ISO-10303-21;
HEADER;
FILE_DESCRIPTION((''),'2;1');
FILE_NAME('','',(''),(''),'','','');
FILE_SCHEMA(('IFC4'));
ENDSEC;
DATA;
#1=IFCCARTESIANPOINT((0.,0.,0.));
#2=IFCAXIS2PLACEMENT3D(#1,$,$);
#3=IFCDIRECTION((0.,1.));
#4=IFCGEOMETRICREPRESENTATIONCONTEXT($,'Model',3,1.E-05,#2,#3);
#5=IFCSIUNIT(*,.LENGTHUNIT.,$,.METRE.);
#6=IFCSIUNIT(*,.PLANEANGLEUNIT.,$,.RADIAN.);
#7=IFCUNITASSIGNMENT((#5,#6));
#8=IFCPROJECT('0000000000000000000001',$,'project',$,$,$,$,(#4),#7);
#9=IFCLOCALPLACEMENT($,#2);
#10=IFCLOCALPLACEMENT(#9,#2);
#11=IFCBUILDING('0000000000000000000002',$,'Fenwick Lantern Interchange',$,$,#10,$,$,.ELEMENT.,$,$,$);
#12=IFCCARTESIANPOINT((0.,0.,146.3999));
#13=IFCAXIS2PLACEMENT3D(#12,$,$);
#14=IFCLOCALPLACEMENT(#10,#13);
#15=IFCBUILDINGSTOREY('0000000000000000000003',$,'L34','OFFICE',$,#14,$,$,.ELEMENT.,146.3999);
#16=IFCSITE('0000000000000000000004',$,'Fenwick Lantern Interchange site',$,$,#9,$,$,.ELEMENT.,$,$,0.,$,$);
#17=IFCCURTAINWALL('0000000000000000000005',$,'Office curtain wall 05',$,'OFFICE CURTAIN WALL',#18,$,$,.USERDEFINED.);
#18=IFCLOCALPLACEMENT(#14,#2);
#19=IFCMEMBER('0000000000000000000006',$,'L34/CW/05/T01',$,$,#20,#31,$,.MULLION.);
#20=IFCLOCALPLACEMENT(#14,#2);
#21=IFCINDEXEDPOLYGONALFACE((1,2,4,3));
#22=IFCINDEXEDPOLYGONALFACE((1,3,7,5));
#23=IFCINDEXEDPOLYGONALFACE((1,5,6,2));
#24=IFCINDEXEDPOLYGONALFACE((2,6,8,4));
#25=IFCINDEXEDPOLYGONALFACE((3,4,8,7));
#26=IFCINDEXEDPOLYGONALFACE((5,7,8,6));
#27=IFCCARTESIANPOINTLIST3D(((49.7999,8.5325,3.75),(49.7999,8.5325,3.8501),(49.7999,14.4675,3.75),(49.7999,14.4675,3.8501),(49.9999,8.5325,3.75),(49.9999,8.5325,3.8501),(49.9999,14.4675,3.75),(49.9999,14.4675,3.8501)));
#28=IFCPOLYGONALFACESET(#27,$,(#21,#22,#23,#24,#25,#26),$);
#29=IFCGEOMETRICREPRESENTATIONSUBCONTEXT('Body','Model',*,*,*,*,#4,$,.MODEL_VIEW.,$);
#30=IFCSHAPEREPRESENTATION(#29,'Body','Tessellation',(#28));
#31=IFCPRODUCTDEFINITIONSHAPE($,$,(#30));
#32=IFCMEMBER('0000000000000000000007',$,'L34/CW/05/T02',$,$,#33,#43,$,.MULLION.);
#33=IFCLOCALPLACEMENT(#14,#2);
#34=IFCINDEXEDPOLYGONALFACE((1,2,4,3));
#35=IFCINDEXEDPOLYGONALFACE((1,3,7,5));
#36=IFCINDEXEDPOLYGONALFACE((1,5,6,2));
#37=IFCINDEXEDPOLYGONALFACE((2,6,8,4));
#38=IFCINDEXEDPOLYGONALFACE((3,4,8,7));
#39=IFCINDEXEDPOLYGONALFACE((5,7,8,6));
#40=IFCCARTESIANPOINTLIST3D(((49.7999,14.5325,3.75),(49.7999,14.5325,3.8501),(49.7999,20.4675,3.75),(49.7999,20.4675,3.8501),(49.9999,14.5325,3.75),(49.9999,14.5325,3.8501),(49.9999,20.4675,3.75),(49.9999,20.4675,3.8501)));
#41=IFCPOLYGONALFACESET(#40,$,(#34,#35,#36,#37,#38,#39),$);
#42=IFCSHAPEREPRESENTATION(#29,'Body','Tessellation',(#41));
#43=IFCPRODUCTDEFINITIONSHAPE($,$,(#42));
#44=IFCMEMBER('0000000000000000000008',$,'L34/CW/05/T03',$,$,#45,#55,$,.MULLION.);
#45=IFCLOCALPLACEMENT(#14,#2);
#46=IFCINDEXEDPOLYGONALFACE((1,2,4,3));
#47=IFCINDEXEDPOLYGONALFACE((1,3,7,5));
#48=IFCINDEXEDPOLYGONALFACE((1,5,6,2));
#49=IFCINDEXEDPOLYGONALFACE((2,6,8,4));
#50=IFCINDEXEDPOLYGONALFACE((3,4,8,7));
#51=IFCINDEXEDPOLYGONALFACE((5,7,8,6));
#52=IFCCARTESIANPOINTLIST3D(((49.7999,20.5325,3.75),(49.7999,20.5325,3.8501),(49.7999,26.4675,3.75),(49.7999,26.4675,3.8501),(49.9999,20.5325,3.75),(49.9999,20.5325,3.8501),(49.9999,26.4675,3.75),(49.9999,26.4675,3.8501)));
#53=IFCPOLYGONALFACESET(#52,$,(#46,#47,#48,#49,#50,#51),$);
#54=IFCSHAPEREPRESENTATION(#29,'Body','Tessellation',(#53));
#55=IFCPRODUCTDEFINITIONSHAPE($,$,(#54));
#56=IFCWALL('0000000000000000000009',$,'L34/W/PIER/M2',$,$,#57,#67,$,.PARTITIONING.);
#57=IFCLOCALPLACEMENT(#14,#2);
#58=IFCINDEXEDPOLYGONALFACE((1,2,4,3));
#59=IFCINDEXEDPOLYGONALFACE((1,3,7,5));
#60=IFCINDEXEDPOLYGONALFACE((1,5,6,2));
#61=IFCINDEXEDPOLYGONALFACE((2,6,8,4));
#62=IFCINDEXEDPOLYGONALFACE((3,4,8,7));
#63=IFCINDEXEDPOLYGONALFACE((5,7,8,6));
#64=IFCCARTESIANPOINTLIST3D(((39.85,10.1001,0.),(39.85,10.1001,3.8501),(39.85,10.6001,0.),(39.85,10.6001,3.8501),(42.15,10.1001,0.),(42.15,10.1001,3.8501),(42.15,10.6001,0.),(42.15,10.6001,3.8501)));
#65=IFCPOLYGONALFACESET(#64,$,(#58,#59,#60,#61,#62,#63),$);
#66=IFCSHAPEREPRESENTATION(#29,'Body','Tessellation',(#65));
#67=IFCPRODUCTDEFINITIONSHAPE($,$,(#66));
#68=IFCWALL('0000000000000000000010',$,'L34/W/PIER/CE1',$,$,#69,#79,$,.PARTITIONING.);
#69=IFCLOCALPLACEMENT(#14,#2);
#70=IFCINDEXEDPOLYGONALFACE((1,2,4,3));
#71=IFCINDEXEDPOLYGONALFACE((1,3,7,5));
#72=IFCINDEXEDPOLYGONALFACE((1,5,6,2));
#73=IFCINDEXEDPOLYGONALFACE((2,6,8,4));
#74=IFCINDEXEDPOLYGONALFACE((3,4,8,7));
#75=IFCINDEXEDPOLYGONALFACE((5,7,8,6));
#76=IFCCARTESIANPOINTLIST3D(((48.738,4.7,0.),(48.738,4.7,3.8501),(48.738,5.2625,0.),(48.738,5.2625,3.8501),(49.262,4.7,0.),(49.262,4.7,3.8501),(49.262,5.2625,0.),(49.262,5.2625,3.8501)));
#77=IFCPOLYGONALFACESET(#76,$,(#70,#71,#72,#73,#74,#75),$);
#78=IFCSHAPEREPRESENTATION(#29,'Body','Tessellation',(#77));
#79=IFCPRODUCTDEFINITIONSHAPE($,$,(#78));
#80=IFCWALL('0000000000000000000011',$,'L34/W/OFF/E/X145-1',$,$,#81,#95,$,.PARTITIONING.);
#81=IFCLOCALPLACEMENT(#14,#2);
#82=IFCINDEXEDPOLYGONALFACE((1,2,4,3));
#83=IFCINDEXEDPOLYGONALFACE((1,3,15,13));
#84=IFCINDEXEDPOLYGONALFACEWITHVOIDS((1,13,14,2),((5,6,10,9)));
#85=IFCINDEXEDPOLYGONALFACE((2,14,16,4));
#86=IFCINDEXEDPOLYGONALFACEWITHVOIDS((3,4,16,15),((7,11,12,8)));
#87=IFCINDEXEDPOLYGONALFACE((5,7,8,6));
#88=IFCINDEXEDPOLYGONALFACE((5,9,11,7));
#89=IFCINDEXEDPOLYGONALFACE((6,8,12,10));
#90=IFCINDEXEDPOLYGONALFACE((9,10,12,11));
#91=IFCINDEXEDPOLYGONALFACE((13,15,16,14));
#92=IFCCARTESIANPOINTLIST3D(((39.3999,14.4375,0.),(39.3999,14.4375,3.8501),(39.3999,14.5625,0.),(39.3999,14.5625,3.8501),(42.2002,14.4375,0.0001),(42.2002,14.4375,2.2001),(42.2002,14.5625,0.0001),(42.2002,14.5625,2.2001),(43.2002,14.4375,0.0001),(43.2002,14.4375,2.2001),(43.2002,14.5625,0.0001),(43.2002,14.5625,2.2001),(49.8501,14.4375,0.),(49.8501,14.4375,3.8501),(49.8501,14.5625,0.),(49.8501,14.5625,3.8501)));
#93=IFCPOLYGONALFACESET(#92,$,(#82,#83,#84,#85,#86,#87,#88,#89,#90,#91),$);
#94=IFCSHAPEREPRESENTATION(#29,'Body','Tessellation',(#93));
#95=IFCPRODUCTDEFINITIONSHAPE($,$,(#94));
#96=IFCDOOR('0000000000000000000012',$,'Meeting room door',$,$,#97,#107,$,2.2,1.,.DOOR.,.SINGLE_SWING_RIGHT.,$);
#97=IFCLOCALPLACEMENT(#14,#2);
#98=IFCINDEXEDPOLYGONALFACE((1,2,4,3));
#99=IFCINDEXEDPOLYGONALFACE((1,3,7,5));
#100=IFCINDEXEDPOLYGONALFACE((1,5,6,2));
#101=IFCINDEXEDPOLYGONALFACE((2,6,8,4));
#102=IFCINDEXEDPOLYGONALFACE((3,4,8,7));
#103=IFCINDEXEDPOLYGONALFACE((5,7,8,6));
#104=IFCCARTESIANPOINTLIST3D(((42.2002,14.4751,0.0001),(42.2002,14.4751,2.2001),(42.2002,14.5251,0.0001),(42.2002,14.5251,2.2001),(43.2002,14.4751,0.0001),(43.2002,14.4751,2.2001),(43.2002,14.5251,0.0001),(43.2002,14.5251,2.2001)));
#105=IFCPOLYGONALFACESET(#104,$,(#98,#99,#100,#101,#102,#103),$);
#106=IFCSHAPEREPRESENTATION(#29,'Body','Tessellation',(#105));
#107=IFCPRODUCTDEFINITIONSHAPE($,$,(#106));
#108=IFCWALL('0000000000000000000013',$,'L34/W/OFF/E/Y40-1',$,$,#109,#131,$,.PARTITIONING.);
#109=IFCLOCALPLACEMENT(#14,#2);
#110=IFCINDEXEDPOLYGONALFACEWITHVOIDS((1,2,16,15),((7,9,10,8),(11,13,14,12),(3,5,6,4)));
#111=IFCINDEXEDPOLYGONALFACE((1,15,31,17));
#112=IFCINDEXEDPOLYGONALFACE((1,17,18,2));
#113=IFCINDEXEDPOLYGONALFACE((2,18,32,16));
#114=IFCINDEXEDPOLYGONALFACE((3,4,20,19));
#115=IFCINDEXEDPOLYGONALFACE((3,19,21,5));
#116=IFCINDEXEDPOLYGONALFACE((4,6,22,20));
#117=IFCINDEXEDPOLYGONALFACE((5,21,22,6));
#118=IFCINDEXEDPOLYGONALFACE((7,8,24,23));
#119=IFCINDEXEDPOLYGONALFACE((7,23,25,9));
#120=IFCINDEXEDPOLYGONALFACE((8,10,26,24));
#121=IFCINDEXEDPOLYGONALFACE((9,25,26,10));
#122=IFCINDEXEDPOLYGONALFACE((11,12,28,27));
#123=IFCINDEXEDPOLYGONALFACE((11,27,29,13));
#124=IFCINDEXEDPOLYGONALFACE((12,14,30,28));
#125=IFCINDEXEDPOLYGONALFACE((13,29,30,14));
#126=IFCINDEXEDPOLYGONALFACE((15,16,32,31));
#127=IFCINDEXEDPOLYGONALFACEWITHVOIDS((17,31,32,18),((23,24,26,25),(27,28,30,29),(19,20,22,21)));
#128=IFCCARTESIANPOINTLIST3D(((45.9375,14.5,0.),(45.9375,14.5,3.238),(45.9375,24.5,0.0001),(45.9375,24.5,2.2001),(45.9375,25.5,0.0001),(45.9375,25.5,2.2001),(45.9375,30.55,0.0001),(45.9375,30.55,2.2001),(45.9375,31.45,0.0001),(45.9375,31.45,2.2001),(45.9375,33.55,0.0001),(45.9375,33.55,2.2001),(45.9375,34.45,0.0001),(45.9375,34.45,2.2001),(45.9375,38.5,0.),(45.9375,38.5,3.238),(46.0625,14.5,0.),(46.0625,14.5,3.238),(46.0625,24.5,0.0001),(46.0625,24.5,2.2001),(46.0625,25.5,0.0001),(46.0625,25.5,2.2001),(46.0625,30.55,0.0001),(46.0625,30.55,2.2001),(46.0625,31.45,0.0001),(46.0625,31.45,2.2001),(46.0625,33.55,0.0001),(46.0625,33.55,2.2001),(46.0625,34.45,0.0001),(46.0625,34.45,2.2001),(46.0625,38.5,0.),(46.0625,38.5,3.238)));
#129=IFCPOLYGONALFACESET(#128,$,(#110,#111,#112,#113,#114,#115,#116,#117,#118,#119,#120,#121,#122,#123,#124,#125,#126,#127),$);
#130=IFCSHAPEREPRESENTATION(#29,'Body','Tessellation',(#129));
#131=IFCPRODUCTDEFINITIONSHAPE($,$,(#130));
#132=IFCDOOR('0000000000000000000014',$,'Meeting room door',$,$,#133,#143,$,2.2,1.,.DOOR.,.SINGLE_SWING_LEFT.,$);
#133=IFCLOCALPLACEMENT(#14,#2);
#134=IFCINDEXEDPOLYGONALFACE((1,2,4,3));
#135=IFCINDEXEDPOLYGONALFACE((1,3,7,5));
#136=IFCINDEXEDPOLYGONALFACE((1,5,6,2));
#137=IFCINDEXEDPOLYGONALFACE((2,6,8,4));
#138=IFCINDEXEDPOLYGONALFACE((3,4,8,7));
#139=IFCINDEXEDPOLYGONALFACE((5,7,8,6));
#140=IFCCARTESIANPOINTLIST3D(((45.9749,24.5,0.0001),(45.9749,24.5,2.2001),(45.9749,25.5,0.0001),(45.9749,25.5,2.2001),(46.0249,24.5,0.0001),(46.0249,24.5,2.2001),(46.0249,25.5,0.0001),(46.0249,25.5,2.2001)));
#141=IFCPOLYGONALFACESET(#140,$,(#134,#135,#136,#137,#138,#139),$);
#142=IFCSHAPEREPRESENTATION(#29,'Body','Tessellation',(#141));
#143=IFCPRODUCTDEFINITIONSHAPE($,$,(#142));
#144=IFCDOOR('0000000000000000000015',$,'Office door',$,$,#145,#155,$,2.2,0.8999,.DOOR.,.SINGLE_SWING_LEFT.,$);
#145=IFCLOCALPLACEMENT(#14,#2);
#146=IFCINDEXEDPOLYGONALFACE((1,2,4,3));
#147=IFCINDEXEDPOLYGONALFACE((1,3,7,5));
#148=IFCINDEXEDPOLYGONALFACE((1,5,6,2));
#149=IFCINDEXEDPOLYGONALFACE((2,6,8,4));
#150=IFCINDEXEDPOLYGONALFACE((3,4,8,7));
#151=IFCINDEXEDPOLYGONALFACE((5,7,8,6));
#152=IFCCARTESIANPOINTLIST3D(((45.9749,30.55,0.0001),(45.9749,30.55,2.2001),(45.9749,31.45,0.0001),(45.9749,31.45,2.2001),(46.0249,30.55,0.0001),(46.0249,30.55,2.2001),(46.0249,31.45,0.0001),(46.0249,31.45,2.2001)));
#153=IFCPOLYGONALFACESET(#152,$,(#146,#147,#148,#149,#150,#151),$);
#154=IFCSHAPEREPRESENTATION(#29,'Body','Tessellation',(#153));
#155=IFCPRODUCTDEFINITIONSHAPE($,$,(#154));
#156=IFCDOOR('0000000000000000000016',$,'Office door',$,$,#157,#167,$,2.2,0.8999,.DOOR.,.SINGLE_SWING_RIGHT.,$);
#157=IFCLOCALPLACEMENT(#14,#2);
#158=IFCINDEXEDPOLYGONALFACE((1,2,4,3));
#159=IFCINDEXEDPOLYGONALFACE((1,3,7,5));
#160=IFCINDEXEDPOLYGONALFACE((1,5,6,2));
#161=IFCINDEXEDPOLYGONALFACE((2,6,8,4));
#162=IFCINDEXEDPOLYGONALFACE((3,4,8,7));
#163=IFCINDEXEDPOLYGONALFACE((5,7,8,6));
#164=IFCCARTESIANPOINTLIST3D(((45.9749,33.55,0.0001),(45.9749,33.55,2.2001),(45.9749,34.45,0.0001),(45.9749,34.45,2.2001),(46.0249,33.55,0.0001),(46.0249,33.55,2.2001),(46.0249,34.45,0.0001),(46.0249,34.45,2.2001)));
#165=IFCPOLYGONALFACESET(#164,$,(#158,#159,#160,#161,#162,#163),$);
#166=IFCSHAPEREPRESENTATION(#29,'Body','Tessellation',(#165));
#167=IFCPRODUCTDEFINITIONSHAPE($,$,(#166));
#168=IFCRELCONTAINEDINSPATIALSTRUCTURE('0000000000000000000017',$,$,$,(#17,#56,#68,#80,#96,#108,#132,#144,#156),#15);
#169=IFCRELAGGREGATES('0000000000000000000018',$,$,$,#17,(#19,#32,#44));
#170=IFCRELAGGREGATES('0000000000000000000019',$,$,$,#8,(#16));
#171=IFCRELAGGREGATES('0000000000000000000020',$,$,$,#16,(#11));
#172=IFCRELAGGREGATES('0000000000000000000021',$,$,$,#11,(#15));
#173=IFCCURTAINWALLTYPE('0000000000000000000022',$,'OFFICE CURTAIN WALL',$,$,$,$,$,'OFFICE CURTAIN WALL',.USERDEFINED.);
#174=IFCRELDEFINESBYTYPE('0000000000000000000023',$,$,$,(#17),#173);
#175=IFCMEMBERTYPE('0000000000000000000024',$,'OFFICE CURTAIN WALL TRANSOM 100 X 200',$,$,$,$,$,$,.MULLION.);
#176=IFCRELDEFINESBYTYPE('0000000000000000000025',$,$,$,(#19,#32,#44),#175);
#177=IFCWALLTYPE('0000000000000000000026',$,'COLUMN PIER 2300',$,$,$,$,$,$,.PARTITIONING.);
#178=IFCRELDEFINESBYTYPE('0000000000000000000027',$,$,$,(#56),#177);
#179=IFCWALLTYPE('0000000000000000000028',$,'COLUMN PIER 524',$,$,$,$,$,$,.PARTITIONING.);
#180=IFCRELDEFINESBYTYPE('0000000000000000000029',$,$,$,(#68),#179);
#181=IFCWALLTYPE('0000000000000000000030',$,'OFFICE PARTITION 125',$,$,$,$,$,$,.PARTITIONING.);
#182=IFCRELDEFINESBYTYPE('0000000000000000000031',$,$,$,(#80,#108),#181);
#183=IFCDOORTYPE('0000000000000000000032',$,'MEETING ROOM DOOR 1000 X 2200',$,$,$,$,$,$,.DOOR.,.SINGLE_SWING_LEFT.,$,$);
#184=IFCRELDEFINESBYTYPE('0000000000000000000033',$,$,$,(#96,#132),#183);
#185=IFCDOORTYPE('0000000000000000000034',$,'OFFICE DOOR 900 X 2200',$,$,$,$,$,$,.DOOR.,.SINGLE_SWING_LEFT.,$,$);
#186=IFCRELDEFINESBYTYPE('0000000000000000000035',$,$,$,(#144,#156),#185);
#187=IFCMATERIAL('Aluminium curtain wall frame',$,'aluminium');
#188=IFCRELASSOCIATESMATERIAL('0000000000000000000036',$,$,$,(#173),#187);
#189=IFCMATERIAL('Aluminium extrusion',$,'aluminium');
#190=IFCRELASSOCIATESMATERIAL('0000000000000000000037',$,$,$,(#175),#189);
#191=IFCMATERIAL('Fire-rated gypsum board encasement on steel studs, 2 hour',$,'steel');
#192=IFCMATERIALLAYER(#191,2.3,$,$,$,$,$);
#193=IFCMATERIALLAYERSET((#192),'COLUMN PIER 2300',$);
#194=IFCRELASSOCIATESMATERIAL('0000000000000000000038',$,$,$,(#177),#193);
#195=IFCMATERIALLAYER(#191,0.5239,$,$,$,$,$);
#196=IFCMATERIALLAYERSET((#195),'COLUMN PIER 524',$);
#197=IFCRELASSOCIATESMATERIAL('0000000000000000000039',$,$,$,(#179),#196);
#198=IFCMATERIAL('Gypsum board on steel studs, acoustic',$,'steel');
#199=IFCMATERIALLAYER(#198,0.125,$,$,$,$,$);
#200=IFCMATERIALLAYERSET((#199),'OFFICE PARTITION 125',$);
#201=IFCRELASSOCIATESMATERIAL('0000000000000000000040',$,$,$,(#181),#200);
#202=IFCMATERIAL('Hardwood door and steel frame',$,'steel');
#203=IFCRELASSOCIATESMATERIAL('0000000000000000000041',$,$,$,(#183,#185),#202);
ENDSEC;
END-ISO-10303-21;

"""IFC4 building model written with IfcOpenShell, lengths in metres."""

from ifc_helpers import new_model, si_unit, direction, frame, frame_2d, origin, origin_2d, place, context, subcontext, project, spatial, rectangle, extrude, material, layer, layer_set, material_profile, profile_set, type_object, element, fill, aggregate, save


model = new_model("IFC4")

# Units and contexts
model_context = context("Model", 3, precision=1e-05, world=origin(), true_north=direction((0.0, 1.0)))
body_context = subcontext(model_context, "Body", "Model", "MODEL_VIEW")
ifc_project = project(units=[si_unit("LENGTHUNIT", "METRE"), si_unit("PLANEANGLEUNIT", "RADIAN")], contexts=[model_context])

# Site, building, storey
site_placement = place(None, origin())
site = spatial("IfcSite", under=ifc_project, at=site_placement, Name="Fenwick Lantern Interchange site", CompositionType="ELEMENT", RefElevation=0.0)
building_placement = place(site_placement, origin())
building = spatial("IfcBuilding", under=site, at=building_placement, Name="Fenwick Lantern Interchange", CompositionType="ELEMENT")
storey_placement = place(building_placement, frame((0.0, 0.0, 146.3999)))
storey = spatial("IfcBuildingStorey", under=building, at=storey_placement, Name="L34", Description="OFFICE", CompositionType="ELEMENT", Elevation=146.3999)

# Curtain wall, members
ifc_material_1 = material(Name="Aluminium curtain wall frame", Category="aluminium")
curtain_wall_type = type_object("IfcCurtainWallType", Name="OFFICE CURTAIN WALL", ElementType="OFFICE CURTAIN WALL", PredefinedType="USERDEFINED", material=ifc_material_1)
curtain_wall_placement = place(storey_placement, origin())
curtain_wall = element("IfcCurtainWall", 1, at=curtain_wall_placement, inside=storey, type_object=curtain_wall_type, Name="Office curtain wall 05", ObjectType="OFFICE CURTAIN WALL", PredefinedType="USERDEFINED")
ifc_material_2 = material(Name="Aluminium extrusion", Category="aluminium")
ifc_material_profile_1 = material_profile(ifc_material_2, rectangle(XDim=0.2, YDim=0.1001, at=origin_2d()), Name="OFFICE CURTAIN WALL TRANSOM 100 X 200")
ifc_profile_set_1 = profile_set([ifc_material_profile_1], Name="Aluminium extrusion")
member_type_1 = type_object("IfcMemberType", Name="OFFICE CURTAIN WALL TRANSOM 100 X 200", PredefinedType="MULLION", material=ifc_profile_set_1)
member_1_placement = place(storey_placement, frame((49.8999, 8.5325, 3.8), z_axis=(0.0, 1.0, 0.0), x_axis=(-1.0, 0.0, 0.0)))
member_1 = element("IfcMember", 2, at=member_1_placement, type_object=member_type_1, Name="L34/CW/05/T01", PredefinedType="MULLION", context=body_context, shape_type="SweptSolid", body=[
    extrude(rectangle(XDim=0.2, YDim=0.1001, at=origin_2d()), origin(), (0.0, 0.0, 1.0), 5.9351),
])
member_2_placement = place(storey_placement, frame((49.8999, 14.5325, 3.8), z_axis=(0.0, 1.0, 0.0), x_axis=(-1.0, 0.0, 0.0)))
member_2 = element("IfcMember", 3, at=member_2_placement, type_object=member_type_1, Name="L34/CW/05/T02", PredefinedType="MULLION", context=body_context, shape_type="SweptSolid", body=[
    extrude(rectangle(XDim=0.2, YDim=0.1001, at=origin_2d()), origin(), (0.0, 0.0, 1.0), 5.9351),
])
member_3_placement = place(storey_placement, frame((49.8999, 20.5325, 3.8), z_axis=(0.0, 1.0, 0.0), x_axis=(-1.0, 0.0, 0.0)))
member_3 = element("IfcMember", 4, at=member_3_placement, type_object=member_type_1, Name="L34/CW/05/T03", PredefinedType="MULLION", context=body_context, shape_type="SweptSolid", body=[
    extrude(rectangle(XDim=0.2, YDim=0.1001, at=origin_2d()), origin(), (0.0, 0.0, 1.0), 5.9351),
])
aggregate(curtain_wall, [member_1, member_2, member_3])

# Walls
ifc_material_3 = material(Name="Fire-rated gypsum board encasement on steel studs, 2 hour", Category="steel")
ifc_layer_1 = layer(ifc_material_3, 2.3)
ifc_layer_set_1 = layer_set([ifc_layer_1], Name="COLUMN PIER 2300")
wall_type_1 = type_object("IfcWallType", Name="COLUMN PIER 2300", PredefinedType="PARTITIONING", material=ifc_layer_set_1)
wall_1_placement = place(storey_placement, frame((41.0, 10.6001, 0.0), z_axis=(0.0, 0.0, 1.0), x_axis=(0.0, -1.0, 0.0)))
element("IfcWall", 5, at=wall_1_placement, inside=storey, type_object=wall_type_1, Name="L34/W/PIER/M2", PredefinedType="PARTITIONING", context=body_context, shape_type="SweptSolid", body=[
    extrude(rectangle(XDim=0.5, YDim=2.3, at=frame_2d((0.25, 0.0))), origin(), (0.0, 0.0, 1.0), 3.8501),
])
ifc_layer_2 = layer(ifc_material_3, 0.5239)
ifc_layer_set_2 = layer_set([ifc_layer_2], Name="COLUMN PIER 524")
wall_type_2 = type_object("IfcWallType", Name="COLUMN PIER 524", PredefinedType="PARTITIONING", material=ifc_layer_set_2)
wall_2_placement = place(storey_placement, frame((49.0, 4.7, 0.0), z_axis=(0.0, 0.0, 1.0), x_axis=(0.0, 1.0, 0.0)))
element("IfcWall", 6, at=wall_2_placement, inside=storey, type_object=wall_type_2, Name="L34/W/PIER/CE1", PredefinedType="PARTITIONING", context=body_context, shape_type="SweptSolid", body=[
    extrude(rectangle(XDim=0.5625, YDim=0.5239, at=frame_2d((0.2812, 0.0))), origin(), (0.0, 0.0, 1.0), 3.8501),
])

# Wall, opening, door
ifc_material_4 = material(Name="Gypsum board on steel studs, acoustic", Category="steel")
ifc_layer_3 = layer(ifc_material_4, 0.125)
ifc_layer_set_3 = layer_set([ifc_layer_3], Name="OFFICE PARTITION 125")
wall_type_3 = type_object("IfcWallType", Name="OFFICE PARTITION 125", PredefinedType="PARTITIONING", material=ifc_layer_set_3)
wall_3_placement = place(storey_placement, frame((49.8501, 14.5, 0.0), z_axis=(0.0, 0.0, 1.0), x_axis=(-1.0, 0.0, 0.0)))
wall_3 = element("IfcWall", 7, at=wall_3_placement, inside=storey, type_object=wall_type_3, Name="L34/W/OFF/E/X145-1", PredefinedType="PARTITIONING", context=body_context, shape_type="SweptSolid", body=[
    extrude(rectangle(XDim=10.4502, YDim=0.125, at=frame_2d((5.2251, 0.0))), origin(), (0.0, 0.0, 1.0), 3.8501),
])
opening_1_placement = place(wall_3_placement, frame((6.6499, 0.0, 0.0)))
opening_1 = element("IfcOpeningElement", 8, at=opening_1_placement, cuts=wall_3, PredefinedType="OPENING", context=body_context, shape_type="SweptSolid", body=[
    extrude(rectangle(XDim=1.0, YDim=2.2, at=frame_2d((0.5, 1.1001))), frame((0.0, 0.0725, 0.0), z_axis=(0.0, -1.0, 0.0), x_axis=(1.0, 0.0, 0.0)), (0.0, 0.0, 1.0), 0.145),
])
ifc_material_5 = material(Name="Hardwood door and steel frame", Category="steel")
door_type_1 = type_object("IfcDoorType", Name="MEETING ROOM DOOR 1000 X 2200", OperationType="SINGLE_SWING_LEFT", PredefinedType="DOOR", material=ifc_material_5)
door_1_placement = place(opening_1_placement, origin())
door_1 = element("IfcDoor", 9, at=door_1_placement, inside=storey, type_object=door_type_1, Name="Meeting room door", OperationType="SINGLE_SWING_RIGHT", OverallHeight=2.2, OverallWidth=1.0, PredefinedType="DOOR", context=body_context, shape_type="SweptSolid", body=[
    extrude(rectangle(XDim=1.0, YDim=2.2, at=frame_2d((0.5, 1.1001))), frame((0.0, 0.0249, 0.0), z_axis=(0.0, -1.0, 0.0), x_axis=(1.0, 0.0, 0.0)), (0.0, 0.0, 1.0), 0.05),
])
fill(opening_1, door_1)

# Wall, openings, doors
wall_4_placement = place(storey_placement, frame((46.0, 14.5, 0.0), z_axis=(0.0, 0.0, 1.0), x_axis=(0.0, 1.0, 0.0)))
wall_4 = element("IfcWall", 10, at=wall_4_placement, inside=storey, type_object=wall_type_3, Name="L34/W/OFF/E/Y40-1", PredefinedType="PARTITIONING", context=body_context, shape_type="SweptSolid", body=[
    extrude(rectangle(XDim=24.0, YDim=0.125, at=frame_2d((12.0, 0.0))), origin(), (0.0, 0.0, 1.0), 3.238),
])
opening_2_placement = place(wall_4_placement, frame((10.0, 0.0, 0.0)))
opening_2 = element("IfcOpeningElement", 11, at=opening_2_placement, cuts=wall_4, PredefinedType="OPENING", context=body_context, shape_type="SweptSolid", body=[
    extrude(rectangle(XDim=1.0, YDim=2.2, at=frame_2d((0.5, 1.1001))), frame((0.0, 0.0725, 0.0), z_axis=(0.0, -1.0, 0.0), x_axis=(1.0, 0.0, 0.0)), (0.0, 0.0, 1.0), 0.145),
])
opening_3_placement = place(wall_4_placement, frame((16.05, 0.0, 0.0)))
opening_3 = element("IfcOpeningElement", 12, at=opening_3_placement, cuts=wall_4, PredefinedType="OPENING", context=body_context, shape_type="SweptSolid", body=[
    extrude(rectangle(XDim=0.8999, YDim=2.2, at=frame_2d((0.45, 1.1001))), frame((0.0, 0.0725, 0.0), z_axis=(0.0, -1.0, 0.0), x_axis=(1.0, 0.0, 0.0)), (0.0, 0.0, 1.0), 0.145),
])
opening_4_placement = place(wall_4_placement, frame((19.05, 0.0, 0.0)))
opening_4 = element("IfcOpeningElement", 13, at=opening_4_placement, cuts=wall_4, PredefinedType="OPENING", context=body_context, shape_type="SweptSolid", body=[
    extrude(rectangle(XDim=0.8999, YDim=2.2, at=frame_2d((0.45, 1.1001))), frame((0.0, 0.0725, 0.0), z_axis=(0.0, -1.0, 0.0), x_axis=(1.0, 0.0, 0.0)), (0.0, 0.0, 1.0), 0.145),
])
door_2_placement = place(opening_2_placement, frame((1.0, 0.0, 0.0), z_axis=(0.0, 0.0, 1.0), x_axis=(-1.0, 0.0, 0.0)))
door_2 = element("IfcDoor", 14, at=door_2_placement, inside=storey, type_object=door_type_1, Name="Meeting room door", OperationType="SINGLE_SWING_LEFT", OverallHeight=2.2, OverallWidth=1.0, PredefinedType="DOOR", context=body_context, shape_type="SweptSolid", body=[
    extrude(rectangle(XDim=1.0, YDim=2.2, at=frame_2d((0.5, 1.1001))), frame((0.0, 0.0249, 0.0), z_axis=(0.0, -1.0, 0.0), x_axis=(1.0, 0.0, 0.0)), (0.0, 0.0, 1.0), 0.05),
])
fill(opening_2, door_2)
door_type_2 = type_object("IfcDoorType", Name="OFFICE DOOR 900 X 2200", OperationType="SINGLE_SWING_LEFT", PredefinedType="DOOR", material=ifc_material_5)
door_3_placement = place(opening_3_placement, frame((0.8999, 0.0, 0.0), z_axis=(0.0, 0.0, 1.0), x_axis=(-1.0, 0.0, 0.0)))
door_3 = element("IfcDoor", 15, at=door_3_placement, inside=storey, type_object=door_type_2, Name="Office door", OperationType="SINGLE_SWING_LEFT", OverallHeight=2.2, OverallWidth=0.8999, PredefinedType="DOOR", context=body_context, shape_type="SweptSolid", body=[
    extrude(rectangle(XDim=0.8999, YDim=2.2, at=frame_2d((0.45, 1.1001))), frame((0.0, 0.0249, 0.0), z_axis=(0.0, -1.0, 0.0), x_axis=(1.0, 0.0, 0.0)), (0.0, 0.0, 1.0), 0.05),
])
fill(opening_3, door_3)
door_4_placement = place(opening_4_placement, frame((0.8999, 0.0, 0.0), z_axis=(0.0, 0.0, 1.0), x_axis=(-1.0, 0.0, 0.0)))
door_4 = element("IfcDoor", 16, at=door_4_placement, inside=storey, type_object=door_type_2, Name="Office door", OperationType="SINGLE_SWING_RIGHT", OverallHeight=2.2, OverallWidth=0.8999, PredefinedType="DOOR", context=body_context, shape_type="SweptSolid", body=[
    extrude(rectangle(XDim=0.8999, YDim=2.2, at=frame_2d((0.45, 1.1001))), frame((0.0, 0.0249, 0.0), z_axis=(0.0, -1.0, 0.0), x_axis=(1.0, 0.0, 0.0)), (0.0, 0.0, 1.0), 0.05),
])
fill(opening_4, door_4)

save(model, "model.ifc")
